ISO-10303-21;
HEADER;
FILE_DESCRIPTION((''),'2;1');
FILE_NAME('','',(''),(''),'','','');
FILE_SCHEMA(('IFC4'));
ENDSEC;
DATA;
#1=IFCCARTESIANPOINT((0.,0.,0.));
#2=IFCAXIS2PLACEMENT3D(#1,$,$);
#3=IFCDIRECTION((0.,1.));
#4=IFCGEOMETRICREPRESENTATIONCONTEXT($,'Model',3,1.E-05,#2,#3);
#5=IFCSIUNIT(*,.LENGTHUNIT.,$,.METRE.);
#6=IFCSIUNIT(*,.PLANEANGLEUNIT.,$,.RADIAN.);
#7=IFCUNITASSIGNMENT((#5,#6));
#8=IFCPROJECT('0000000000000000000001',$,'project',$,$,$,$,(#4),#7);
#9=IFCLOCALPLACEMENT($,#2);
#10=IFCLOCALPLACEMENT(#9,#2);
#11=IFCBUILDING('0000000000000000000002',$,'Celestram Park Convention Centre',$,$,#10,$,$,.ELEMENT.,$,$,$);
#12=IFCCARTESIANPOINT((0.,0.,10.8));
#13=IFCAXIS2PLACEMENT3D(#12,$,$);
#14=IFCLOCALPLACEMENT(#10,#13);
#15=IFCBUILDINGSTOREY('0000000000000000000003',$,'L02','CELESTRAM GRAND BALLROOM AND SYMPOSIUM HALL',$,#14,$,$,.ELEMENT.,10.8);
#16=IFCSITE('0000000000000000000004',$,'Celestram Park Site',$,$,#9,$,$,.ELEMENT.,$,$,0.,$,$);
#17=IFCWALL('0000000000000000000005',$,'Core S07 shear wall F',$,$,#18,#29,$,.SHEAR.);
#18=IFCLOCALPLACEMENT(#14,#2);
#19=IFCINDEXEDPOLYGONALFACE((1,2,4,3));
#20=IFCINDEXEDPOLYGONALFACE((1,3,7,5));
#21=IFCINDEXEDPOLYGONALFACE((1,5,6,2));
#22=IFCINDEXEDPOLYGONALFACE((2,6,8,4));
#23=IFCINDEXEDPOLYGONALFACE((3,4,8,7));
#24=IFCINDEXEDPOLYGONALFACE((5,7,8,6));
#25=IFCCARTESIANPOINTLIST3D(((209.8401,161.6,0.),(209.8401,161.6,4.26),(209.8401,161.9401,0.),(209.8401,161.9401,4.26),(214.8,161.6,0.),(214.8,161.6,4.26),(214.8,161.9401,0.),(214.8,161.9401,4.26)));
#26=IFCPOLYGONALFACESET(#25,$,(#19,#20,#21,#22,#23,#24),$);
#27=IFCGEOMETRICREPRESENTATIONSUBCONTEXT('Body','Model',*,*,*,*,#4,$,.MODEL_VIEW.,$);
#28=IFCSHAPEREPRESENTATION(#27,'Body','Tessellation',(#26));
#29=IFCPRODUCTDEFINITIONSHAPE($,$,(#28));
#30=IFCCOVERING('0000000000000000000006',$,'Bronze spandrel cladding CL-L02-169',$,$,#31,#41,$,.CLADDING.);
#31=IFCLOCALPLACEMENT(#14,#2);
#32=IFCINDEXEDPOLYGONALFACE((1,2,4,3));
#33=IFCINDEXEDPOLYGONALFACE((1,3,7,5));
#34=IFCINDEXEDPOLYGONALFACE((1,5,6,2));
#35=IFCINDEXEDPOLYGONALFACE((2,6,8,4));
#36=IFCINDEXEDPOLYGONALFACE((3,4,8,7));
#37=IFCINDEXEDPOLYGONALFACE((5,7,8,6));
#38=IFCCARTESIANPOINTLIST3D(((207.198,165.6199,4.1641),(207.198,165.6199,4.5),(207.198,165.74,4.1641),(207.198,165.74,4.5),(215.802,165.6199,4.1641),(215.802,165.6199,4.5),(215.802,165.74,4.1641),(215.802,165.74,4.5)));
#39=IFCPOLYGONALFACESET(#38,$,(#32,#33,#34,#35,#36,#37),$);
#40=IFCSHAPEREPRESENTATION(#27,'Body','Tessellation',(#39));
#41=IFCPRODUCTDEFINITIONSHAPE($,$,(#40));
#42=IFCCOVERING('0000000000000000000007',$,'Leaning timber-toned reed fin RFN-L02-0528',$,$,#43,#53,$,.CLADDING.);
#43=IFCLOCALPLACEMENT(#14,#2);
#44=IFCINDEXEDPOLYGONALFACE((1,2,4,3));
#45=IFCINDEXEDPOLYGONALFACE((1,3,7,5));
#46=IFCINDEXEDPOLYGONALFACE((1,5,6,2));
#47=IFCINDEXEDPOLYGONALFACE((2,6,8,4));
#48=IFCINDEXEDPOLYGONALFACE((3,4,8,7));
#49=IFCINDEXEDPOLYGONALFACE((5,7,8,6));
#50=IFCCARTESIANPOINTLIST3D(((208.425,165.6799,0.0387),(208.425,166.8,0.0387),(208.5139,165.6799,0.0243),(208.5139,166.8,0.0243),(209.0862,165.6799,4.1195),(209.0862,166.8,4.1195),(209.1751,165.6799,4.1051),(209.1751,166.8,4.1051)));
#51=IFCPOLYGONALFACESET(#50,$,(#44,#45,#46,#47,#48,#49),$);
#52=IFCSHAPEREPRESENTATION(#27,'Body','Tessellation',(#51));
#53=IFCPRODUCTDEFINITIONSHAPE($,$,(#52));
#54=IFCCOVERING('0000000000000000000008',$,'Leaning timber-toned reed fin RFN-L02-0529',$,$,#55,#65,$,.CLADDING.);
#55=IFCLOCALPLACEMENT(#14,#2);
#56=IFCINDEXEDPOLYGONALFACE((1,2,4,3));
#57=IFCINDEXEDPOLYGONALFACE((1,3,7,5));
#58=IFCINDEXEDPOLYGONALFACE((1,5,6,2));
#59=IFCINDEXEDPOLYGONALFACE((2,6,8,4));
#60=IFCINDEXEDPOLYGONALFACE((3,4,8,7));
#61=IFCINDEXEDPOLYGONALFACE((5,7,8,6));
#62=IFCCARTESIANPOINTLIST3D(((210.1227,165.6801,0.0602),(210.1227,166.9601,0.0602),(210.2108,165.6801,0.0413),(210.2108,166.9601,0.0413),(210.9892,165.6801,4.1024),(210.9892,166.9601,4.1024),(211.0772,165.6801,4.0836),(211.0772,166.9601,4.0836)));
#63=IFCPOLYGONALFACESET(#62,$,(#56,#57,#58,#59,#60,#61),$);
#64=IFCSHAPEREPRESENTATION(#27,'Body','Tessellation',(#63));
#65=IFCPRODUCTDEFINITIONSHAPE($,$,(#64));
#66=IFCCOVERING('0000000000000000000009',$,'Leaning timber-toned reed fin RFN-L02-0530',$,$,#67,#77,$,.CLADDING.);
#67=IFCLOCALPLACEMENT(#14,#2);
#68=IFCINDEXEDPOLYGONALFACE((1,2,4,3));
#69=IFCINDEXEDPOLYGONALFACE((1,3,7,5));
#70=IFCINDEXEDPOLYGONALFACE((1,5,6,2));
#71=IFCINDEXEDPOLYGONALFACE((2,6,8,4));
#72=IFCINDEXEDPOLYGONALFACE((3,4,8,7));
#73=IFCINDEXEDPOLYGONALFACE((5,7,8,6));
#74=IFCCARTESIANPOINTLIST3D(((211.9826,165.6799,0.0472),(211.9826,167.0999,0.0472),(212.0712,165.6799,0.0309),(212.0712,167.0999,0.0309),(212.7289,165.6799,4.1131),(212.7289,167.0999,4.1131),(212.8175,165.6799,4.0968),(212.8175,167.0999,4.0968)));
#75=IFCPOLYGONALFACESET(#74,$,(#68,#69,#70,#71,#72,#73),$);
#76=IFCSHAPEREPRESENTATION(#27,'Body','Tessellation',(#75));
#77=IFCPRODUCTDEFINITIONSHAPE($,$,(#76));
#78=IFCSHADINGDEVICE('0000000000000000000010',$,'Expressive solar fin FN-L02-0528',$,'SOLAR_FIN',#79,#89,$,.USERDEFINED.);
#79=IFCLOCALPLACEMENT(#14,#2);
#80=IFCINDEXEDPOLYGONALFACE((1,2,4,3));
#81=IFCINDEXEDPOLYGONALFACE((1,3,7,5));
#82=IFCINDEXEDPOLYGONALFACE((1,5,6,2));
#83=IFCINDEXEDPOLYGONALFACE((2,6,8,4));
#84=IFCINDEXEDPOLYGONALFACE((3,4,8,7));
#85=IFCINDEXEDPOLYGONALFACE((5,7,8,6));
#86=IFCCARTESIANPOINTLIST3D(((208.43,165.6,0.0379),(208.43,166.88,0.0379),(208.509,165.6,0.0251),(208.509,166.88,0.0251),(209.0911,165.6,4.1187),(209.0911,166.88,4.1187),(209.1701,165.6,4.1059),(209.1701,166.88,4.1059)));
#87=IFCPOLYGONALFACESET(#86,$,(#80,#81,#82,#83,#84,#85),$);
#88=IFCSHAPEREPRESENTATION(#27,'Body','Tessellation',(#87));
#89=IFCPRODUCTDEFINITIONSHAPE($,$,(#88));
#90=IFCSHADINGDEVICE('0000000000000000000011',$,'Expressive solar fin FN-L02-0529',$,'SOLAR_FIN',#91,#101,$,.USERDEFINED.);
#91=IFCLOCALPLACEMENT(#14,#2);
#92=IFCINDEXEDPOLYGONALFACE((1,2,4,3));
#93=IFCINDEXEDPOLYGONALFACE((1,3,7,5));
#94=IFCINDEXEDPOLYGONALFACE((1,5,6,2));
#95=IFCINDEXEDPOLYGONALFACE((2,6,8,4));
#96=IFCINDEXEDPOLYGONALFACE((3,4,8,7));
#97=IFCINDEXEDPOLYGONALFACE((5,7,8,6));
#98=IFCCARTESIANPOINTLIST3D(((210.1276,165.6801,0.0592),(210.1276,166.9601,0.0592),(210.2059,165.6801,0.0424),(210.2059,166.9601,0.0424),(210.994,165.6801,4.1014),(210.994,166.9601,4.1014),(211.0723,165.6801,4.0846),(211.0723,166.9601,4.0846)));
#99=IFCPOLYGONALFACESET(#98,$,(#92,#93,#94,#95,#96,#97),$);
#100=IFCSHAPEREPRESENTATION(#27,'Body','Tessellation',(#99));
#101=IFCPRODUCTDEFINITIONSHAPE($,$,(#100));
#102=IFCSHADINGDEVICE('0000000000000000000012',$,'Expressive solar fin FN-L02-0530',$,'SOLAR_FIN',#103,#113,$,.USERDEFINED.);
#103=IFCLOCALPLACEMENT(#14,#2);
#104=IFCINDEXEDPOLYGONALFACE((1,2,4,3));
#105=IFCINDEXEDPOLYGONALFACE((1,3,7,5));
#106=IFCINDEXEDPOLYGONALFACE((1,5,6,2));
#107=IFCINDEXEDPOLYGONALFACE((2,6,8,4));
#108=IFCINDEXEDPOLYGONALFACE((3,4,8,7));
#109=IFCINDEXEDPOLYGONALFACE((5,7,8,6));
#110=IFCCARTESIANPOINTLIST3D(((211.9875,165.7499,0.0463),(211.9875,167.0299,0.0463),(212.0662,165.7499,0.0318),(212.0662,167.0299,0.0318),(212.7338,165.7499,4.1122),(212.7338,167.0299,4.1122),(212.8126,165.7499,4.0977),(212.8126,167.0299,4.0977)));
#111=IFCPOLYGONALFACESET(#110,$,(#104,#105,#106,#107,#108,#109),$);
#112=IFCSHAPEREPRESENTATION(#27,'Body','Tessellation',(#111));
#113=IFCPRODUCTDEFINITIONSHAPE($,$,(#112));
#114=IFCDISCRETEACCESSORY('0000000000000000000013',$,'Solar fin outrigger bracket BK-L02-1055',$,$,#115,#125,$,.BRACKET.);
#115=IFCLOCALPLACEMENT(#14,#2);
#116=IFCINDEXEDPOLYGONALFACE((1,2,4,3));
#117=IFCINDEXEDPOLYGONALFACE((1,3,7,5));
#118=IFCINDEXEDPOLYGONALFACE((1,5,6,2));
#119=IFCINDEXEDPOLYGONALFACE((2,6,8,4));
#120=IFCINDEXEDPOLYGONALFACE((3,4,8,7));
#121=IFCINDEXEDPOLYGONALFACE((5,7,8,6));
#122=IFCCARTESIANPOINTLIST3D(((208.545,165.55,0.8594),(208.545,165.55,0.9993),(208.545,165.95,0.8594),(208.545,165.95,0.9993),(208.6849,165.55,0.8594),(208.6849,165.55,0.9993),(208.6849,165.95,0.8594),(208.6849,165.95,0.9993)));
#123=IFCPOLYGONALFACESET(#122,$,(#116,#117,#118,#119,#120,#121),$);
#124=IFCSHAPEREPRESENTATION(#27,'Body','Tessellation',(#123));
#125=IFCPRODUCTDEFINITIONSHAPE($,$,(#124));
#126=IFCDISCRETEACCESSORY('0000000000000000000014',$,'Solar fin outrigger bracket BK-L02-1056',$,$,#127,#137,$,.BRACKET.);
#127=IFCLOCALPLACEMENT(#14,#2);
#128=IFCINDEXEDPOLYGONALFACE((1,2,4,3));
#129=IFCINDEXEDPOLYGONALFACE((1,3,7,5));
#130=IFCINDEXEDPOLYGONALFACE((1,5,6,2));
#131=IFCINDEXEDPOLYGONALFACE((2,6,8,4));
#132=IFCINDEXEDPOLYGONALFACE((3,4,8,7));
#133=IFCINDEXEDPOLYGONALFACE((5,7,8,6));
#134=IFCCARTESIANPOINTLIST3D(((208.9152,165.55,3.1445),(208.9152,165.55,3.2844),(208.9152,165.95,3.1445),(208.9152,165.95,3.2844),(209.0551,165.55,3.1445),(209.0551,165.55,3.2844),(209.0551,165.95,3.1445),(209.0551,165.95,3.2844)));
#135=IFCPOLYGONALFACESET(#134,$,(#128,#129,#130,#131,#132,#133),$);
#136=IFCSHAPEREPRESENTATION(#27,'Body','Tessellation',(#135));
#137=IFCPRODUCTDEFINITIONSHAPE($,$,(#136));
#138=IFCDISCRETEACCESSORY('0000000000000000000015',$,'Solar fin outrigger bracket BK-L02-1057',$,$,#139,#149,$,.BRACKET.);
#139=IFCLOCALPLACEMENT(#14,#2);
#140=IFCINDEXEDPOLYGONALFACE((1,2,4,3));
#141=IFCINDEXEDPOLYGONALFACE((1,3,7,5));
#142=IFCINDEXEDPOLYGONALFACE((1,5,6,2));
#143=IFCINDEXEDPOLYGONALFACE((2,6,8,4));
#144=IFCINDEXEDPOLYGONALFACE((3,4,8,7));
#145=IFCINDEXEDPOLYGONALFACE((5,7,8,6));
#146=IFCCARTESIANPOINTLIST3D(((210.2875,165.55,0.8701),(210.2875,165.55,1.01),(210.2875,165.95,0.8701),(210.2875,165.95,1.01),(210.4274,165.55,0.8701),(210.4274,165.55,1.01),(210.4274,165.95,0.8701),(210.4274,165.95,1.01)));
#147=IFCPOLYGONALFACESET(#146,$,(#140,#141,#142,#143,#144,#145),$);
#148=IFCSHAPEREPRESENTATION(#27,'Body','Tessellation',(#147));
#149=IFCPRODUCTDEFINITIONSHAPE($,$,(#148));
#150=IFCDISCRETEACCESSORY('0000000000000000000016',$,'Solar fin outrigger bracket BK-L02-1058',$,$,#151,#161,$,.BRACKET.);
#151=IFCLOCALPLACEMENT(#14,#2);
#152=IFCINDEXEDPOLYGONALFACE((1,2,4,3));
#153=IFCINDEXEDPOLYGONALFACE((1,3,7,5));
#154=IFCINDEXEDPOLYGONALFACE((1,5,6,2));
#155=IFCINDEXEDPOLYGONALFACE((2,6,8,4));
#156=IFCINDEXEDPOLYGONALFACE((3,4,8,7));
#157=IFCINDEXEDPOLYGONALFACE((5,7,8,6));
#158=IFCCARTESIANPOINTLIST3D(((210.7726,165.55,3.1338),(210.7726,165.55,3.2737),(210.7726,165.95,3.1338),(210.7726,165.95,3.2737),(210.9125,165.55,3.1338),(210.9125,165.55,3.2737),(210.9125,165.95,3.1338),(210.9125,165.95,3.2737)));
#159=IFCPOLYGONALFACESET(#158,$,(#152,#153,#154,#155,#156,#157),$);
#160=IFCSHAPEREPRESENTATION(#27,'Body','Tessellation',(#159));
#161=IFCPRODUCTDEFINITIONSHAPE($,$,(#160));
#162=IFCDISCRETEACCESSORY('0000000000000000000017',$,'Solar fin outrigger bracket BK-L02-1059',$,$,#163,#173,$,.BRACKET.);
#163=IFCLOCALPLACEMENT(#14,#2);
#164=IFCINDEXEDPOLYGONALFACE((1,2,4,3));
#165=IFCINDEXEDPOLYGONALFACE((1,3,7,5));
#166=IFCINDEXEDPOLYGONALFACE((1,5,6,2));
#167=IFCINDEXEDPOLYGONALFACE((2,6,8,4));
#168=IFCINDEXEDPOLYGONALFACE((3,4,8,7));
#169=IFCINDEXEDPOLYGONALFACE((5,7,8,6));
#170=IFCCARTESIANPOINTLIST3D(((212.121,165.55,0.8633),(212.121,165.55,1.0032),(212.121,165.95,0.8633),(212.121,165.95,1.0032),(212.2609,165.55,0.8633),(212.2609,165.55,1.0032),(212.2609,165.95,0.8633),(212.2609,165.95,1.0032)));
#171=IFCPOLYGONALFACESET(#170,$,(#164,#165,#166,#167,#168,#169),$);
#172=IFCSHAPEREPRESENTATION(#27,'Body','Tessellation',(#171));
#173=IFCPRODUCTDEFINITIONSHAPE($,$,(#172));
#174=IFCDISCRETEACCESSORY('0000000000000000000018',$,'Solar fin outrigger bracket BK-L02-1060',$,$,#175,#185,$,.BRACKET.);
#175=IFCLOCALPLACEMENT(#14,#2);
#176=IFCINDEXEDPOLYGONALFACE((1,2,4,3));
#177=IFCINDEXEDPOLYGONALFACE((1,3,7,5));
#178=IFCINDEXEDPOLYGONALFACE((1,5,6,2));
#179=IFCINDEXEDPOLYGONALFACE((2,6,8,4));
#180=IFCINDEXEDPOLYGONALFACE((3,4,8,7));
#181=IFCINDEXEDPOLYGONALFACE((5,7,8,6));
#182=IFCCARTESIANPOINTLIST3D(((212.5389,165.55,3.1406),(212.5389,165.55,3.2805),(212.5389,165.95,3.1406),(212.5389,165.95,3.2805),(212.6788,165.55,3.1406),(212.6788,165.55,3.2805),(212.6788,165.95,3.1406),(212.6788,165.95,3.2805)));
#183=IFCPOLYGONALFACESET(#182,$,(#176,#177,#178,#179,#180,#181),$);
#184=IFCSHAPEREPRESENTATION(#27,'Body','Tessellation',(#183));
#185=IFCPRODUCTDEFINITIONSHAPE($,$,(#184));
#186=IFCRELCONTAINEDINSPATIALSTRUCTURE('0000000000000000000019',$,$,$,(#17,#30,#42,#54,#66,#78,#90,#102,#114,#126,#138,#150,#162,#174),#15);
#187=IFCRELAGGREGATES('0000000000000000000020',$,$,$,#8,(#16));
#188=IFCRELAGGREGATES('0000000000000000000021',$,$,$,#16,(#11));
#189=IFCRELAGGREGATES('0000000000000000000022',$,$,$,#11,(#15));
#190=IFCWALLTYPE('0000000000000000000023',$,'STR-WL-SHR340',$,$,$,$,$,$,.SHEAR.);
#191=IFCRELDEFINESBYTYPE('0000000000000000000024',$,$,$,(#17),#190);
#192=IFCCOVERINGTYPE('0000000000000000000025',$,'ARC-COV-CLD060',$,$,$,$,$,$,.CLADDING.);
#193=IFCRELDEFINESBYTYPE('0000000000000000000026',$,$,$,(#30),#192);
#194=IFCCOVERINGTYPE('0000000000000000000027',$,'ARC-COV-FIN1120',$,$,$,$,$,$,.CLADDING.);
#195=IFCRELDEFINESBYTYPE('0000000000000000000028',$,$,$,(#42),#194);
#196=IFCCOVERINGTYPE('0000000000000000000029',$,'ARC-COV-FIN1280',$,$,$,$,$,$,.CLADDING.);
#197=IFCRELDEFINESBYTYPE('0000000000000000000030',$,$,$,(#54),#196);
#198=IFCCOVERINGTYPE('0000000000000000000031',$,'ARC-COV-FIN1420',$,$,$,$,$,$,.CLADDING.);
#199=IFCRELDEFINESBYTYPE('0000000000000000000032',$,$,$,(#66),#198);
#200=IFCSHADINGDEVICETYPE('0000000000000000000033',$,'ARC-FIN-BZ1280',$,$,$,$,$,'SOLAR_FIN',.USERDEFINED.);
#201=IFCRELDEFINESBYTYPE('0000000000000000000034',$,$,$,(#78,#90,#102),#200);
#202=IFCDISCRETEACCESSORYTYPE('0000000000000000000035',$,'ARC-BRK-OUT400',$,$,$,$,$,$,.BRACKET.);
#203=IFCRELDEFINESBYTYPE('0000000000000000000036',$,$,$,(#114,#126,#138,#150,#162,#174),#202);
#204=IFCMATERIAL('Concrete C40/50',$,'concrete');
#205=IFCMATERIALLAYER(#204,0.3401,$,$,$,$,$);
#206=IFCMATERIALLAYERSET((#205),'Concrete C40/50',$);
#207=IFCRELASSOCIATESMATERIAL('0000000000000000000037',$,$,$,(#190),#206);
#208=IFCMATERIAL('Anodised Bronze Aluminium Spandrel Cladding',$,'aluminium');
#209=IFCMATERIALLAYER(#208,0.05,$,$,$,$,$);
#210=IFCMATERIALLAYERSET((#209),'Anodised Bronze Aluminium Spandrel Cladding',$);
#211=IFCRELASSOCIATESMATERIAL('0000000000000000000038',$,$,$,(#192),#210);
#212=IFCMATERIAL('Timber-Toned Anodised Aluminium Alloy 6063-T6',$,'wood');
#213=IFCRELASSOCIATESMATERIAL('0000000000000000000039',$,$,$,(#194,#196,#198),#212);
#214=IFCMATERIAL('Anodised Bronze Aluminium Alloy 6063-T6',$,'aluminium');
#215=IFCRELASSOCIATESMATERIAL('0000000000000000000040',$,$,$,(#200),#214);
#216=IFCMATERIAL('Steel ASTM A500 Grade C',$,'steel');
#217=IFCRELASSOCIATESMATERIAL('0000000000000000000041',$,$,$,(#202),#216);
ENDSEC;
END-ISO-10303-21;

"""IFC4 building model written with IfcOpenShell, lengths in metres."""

from ifc_helpers import new_model, si_unit, direction, frame, frame_2d, origin, origin_2d, place, context, subcontext, project, spatial, rectangle, extrude, material, layer, layer_set, material_profile, profile_set, type_object, element, save


model = new_model("IFC4")

# Units and contexts
model_context = context("Model", 3, precision=1e-05, world=origin(), true_north=direction((0.0, 1.0)))
body_context = subcontext(model_context, "Body", "Model", "MODEL_VIEW")
ifc_project = project(units=[si_unit("LENGTHUNIT", "METRE"), si_unit("PLANEANGLEUNIT", "RADIAN")], contexts=[model_context])

# Site, building, storey
site_placement = place(None, origin())
site = spatial("IfcSite", under=ifc_project, at=site_placement, Name="Celestram Park Site", CompositionType="ELEMENT", RefElevation=0.0)
building_placement = place(site_placement, origin())
building = spatial("IfcBuilding", under=site, at=building_placement, Name="Celestram Park Convention Centre", CompositionType="ELEMENT")
storey_placement = place(building_placement, frame((0.0, 0.0, 10.8)))
storey = spatial("IfcBuildingStorey", under=building, at=storey_placement, Name="L02", Description="CELESTRAM GRAND BALLROOM AND SYMPOSIUM HALL", CompositionType="ELEMENT", Elevation=10.8)

# Wall
ifc_material_1 = material(Name="Concrete C40/50", Category="concrete")
ifc_layer_1 = layer(ifc_material_1, 0.3401)
ifc_layer_set_1 = layer_set([ifc_layer_1], Name="Concrete C40/50")
wall_type = type_object("IfcWallType", Name="STR-WL-SHR340", PredefinedType="SHEAR", material=ifc_layer_set_1)
wall_placement = place(storey_placement, frame((209.8401, 161.77, 0.0), z_axis=(0.0, 0.0, 1.0), x_axis=(1.0, 0.0, 0.0)))
element("IfcWall", 1, at=wall_placement, inside=storey, type_object=wall_type, Name="Core S07 shear wall F", PredefinedType="SHEAR", context=body_context, shape_type="SweptSolid", body=[
    extrude(rectangle(XDim=4.96, YDim=0.3401, at=frame_2d((2.48, 0.0))), origin(), (0.0, 0.0, 1.0), 4.26),
])

# Coverings
ifc_material_2 = material(Name="Anodised Bronze Aluminium Spandrel Cladding", Category="aluminium")
ifc_layer_2 = layer(ifc_material_2, 0.05)
ifc_layer_set_2 = layer_set([ifc_layer_2], Name="Anodised Bronze Aluminium Spandrel Cladding")
covering_type_1 = type_object("IfcCoveringType", Name="ARC-COV-CLD060", PredefinedType="CLADDING", material=ifc_layer_set_2)
covering_1_placement = place(storey_placement, frame((211.5, 165.6799, 4.1641), z_axis=(0.0, 0.0, 1.0), x_axis=(1.0, 0.0, 0.0)))
element("IfcCovering", 2, at=covering_1_placement, inside=storey, type_object=covering_type_1, Name="Bronze spandrel cladding CL-L02-169", PredefinedType="CLADDING", context=body_context, shape_type="SweptSolid", body=[
    extrude(rectangle(XDim=8.604, YDim=0.1201, at=origin_2d()), origin(), (0.0, 0.0, 1.0), 0.3359),
])
ifc_material_3 = material(Name="Timber-Toned Anodised Aluminium Alloy 6063-T6", Category="wood")
ifc_material_profile_1 = material_profile(ifc_material_3, rectangle(XDim=1.1201, YDim=0.0901, at=origin_2d()), Name="REED1120X90")
ifc_profile_set_1 = profile_set([ifc_material_profile_1], Name="Timber-Toned Anodised Aluminium Alloy 6063-T6")
covering_type_2 = type_object("IfcCoveringType", Name="ARC-COV-FIN1120", PredefinedType="CLADDING", material=ifc_profile_set_1)
covering_2_placement = place(storey_placement, frame((208.4695, 166.24, 0.0315), z_axis=(0.159925, 0.0, 0.987129), x_axis=(0.0, 1.0, 0.0)))
element("IfcCovering", 3, at=covering_2_placement, inside=storey, type_object=covering_type_2, Name="Leaning timber-toned reed fin RFN-L02-0528", PredefinedType="CLADDING", context=body_context, shape_type="SweptSolid", body=[
    extrude(rectangle(XDim=1.1201, YDim=0.0901, at=origin_2d()), origin(), (0.0, 0.0, 1.0), 4.134),
])
ifc_material_profile_2 = material_profile(ifc_material_3, rectangle(XDim=1.28, YDim=0.0901, at=origin_2d()), Name="REED1280X90")
ifc_profile_set_2 = profile_set([ifc_material_profile_2], Name="Timber-Toned Anodised Aluminium Alloy 6063-T6")
covering_type_3 = type_object("IfcCoveringType", Name="ARC-COV-FIN1280", PredefinedType="CLADDING", material=ifc_profile_set_2)
covering_3_placement = place(storey_placement, frame((210.1667, 166.3201, 0.0508), z_axis=(0.20959, 0.0, 0.977789), x_axis=(0.0, 1.0, 0.0)))
element("IfcCovering", 4, at=covering_3_placement, inside=storey, type_object=covering_type_3, Name="Leaning timber-toned reed fin RFN-L02-0529", PredefinedType="CLADDING", context=body_context, shape_type="SweptSolid", body=[
    extrude(rectangle(XDim=1.28, YDim=0.0901, at=origin_2d()), origin(), (0.0, 0.0, 1.0), 4.134),
])
ifc_material_profile_3 = material_profile(ifc_material_3, rectangle(XDim=1.4199, YDim=0.0901, at=origin_2d()), Name="REED1420X90")
ifc_profile_set_3 = profile_set([ifc_material_profile_3], Name="Timber-Toned Anodised Aluminium Alloy 6063-T6")
covering_type_4 = type_object("IfcCoveringType", Name="ARC-COV-FIN1420", PredefinedType="CLADDING", material=ifc_profile_set_3)
covering_4_placement = place(storey_placement, frame((212.0269, 166.3899, 0.0391), z_axis=(0.180543, 0.0, 0.983567), x_axis=(0.0, 1.0, 0.0)))
element("IfcCovering", 5, at=covering_4_placement, inside=storey, type_object=covering_type_4, Name="Leaning timber-toned reed fin RFN-L02-0530", PredefinedType="CLADDING", context=body_context, shape_type="SweptSolid", body=[
    extrude(rectangle(XDim=1.4199, YDim=0.0901, at=origin_2d()), origin(), (0.0, 0.0, 1.0), 4.1338),
])

# Shading devices
ifc_material_4 = material(Name="Anodised Bronze Aluminium Alloy 6063-T6", Category="aluminium")
ifc_material_profile_4 = material_profile(ifc_material_4, rectangle(XDim=1.28, YDim=0.0801, at=origin_2d()), Name="FIN1280X80")
ifc_profile_set_4 = profile_set([ifc_material_profile_4], Name="Anodised Bronze Aluminium Alloy 6063-T6")
shading_device_type = type_object("IfcShadingDeviceType", Name="ARC-FIN-BZ1280", ElementType="SOLAR_FIN", PredefinedType="USERDEFINED", material=ifc_profile_set_4)
for number, where, z_axis, x_axis, name in (
    (6, (208.4695, 166.24, 0.0315), (0.159925, 0.0, 0.987129), (0.0, 1.0, 0.0), "Expressive solar fin FN-L02-0528"),
    (7, (210.1667, 166.3201, 0.0508), (0.20959, 0.0, 0.977789), (0.0, 1.0, 0.0), "Expressive solar fin FN-L02-0529"),
):
    element("IfcShadingDevice", number, at=place(storey_placement, frame(where, z_axis=z_axis, x_axis=x_axis)), inside=storey, type_object=shading_device_type, Name=name, ObjectType="SOLAR_FIN", PredefinedType="USERDEFINED", context=body_context, shape_type="SweptSolid", body=[
        extrude(rectangle(XDim=1.28, YDim=0.0801, at=origin_2d()), origin(), (0.0, 0.0, 1.0), 4.134),
    ])
shading_device_placement = place(storey_placement, frame((212.0269, 166.3899, 0.0391), z_axis=(0.180543, 0.0, 0.983567), x_axis=(0.0, 1.0, 0.0)))
element("IfcShadingDevice", 8, at=shading_device_placement, inside=storey, type_object=shading_device_type, Name="Expressive solar fin FN-L02-0530", ObjectType="SOLAR_FIN", PredefinedType="USERDEFINED", context=body_context, shape_type="SweptSolid", body=[
    extrude(rectangle(XDim=1.28, YDim=0.0801, at=origin_2d()), origin(), (0.0, 0.0, 1.0), 4.1338),
])

# Discrete accessories
ifc_material_5 = material(Name="Steel ASTM A500 Grade C", Category="steel")
discrete_accessory_type = type_object("IfcDiscreteAccessoryType", Name="ARC-BRK-OUT400", PredefinedType="BRACKET", material=ifc_material_5)
for number, where, z_axis, x_axis, name in (
    (9, (208.615, 165.75, 0.8594), (0.0, 0.0, 1.0), (0.0, 1.0, 0.0), "Solar fin outrigger bracket BK-L02-1055"),
    (10, (208.9851, 165.75, 3.1445), (0.0, 0.0, 1.0), (0.0, 1.0, 0.0), "Solar fin outrigger bracket BK-L02-1056"),
    (11, (210.3574, 165.75, 0.8701), (0.0, 0.0, 1.0), (0.0, 1.0, 0.0), "Solar fin outrigger bracket BK-L02-1057"),
    (12, (210.8425, 165.75, 3.1338), (0.0, 0.0, 1.0), (0.0, 1.0, 0.0), "Solar fin outrigger bracket BK-L02-1058"),
    (13, (212.1909, 165.75, 0.8633), (0.0, 0.0, 1.0), (0.0, 1.0, 0.0), "Solar fin outrigger bracket BK-L02-1059"),
    (14, (212.6089, 165.75, 3.1406), (0.0, 0.0, 1.0), (0.0, 1.0, 0.0), "Solar fin outrigger bracket BK-L02-1060"),
):
    element("IfcDiscreteAccessory", number, at=place(storey_placement, frame(where, z_axis=z_axis, x_axis=x_axis)), inside=storey, type_object=discrete_accessory_type, Name=name, PredefinedType="BRACKET", context=body_context, shape_type="SweptSolid", body=[
        extrude(rectangle(XDim=0.3999, YDim=0.1399, at=origin_2d()), origin(), (0.0, 0.0, 1.0), 0.1399),
    ])

save(model, "model.ifc")
